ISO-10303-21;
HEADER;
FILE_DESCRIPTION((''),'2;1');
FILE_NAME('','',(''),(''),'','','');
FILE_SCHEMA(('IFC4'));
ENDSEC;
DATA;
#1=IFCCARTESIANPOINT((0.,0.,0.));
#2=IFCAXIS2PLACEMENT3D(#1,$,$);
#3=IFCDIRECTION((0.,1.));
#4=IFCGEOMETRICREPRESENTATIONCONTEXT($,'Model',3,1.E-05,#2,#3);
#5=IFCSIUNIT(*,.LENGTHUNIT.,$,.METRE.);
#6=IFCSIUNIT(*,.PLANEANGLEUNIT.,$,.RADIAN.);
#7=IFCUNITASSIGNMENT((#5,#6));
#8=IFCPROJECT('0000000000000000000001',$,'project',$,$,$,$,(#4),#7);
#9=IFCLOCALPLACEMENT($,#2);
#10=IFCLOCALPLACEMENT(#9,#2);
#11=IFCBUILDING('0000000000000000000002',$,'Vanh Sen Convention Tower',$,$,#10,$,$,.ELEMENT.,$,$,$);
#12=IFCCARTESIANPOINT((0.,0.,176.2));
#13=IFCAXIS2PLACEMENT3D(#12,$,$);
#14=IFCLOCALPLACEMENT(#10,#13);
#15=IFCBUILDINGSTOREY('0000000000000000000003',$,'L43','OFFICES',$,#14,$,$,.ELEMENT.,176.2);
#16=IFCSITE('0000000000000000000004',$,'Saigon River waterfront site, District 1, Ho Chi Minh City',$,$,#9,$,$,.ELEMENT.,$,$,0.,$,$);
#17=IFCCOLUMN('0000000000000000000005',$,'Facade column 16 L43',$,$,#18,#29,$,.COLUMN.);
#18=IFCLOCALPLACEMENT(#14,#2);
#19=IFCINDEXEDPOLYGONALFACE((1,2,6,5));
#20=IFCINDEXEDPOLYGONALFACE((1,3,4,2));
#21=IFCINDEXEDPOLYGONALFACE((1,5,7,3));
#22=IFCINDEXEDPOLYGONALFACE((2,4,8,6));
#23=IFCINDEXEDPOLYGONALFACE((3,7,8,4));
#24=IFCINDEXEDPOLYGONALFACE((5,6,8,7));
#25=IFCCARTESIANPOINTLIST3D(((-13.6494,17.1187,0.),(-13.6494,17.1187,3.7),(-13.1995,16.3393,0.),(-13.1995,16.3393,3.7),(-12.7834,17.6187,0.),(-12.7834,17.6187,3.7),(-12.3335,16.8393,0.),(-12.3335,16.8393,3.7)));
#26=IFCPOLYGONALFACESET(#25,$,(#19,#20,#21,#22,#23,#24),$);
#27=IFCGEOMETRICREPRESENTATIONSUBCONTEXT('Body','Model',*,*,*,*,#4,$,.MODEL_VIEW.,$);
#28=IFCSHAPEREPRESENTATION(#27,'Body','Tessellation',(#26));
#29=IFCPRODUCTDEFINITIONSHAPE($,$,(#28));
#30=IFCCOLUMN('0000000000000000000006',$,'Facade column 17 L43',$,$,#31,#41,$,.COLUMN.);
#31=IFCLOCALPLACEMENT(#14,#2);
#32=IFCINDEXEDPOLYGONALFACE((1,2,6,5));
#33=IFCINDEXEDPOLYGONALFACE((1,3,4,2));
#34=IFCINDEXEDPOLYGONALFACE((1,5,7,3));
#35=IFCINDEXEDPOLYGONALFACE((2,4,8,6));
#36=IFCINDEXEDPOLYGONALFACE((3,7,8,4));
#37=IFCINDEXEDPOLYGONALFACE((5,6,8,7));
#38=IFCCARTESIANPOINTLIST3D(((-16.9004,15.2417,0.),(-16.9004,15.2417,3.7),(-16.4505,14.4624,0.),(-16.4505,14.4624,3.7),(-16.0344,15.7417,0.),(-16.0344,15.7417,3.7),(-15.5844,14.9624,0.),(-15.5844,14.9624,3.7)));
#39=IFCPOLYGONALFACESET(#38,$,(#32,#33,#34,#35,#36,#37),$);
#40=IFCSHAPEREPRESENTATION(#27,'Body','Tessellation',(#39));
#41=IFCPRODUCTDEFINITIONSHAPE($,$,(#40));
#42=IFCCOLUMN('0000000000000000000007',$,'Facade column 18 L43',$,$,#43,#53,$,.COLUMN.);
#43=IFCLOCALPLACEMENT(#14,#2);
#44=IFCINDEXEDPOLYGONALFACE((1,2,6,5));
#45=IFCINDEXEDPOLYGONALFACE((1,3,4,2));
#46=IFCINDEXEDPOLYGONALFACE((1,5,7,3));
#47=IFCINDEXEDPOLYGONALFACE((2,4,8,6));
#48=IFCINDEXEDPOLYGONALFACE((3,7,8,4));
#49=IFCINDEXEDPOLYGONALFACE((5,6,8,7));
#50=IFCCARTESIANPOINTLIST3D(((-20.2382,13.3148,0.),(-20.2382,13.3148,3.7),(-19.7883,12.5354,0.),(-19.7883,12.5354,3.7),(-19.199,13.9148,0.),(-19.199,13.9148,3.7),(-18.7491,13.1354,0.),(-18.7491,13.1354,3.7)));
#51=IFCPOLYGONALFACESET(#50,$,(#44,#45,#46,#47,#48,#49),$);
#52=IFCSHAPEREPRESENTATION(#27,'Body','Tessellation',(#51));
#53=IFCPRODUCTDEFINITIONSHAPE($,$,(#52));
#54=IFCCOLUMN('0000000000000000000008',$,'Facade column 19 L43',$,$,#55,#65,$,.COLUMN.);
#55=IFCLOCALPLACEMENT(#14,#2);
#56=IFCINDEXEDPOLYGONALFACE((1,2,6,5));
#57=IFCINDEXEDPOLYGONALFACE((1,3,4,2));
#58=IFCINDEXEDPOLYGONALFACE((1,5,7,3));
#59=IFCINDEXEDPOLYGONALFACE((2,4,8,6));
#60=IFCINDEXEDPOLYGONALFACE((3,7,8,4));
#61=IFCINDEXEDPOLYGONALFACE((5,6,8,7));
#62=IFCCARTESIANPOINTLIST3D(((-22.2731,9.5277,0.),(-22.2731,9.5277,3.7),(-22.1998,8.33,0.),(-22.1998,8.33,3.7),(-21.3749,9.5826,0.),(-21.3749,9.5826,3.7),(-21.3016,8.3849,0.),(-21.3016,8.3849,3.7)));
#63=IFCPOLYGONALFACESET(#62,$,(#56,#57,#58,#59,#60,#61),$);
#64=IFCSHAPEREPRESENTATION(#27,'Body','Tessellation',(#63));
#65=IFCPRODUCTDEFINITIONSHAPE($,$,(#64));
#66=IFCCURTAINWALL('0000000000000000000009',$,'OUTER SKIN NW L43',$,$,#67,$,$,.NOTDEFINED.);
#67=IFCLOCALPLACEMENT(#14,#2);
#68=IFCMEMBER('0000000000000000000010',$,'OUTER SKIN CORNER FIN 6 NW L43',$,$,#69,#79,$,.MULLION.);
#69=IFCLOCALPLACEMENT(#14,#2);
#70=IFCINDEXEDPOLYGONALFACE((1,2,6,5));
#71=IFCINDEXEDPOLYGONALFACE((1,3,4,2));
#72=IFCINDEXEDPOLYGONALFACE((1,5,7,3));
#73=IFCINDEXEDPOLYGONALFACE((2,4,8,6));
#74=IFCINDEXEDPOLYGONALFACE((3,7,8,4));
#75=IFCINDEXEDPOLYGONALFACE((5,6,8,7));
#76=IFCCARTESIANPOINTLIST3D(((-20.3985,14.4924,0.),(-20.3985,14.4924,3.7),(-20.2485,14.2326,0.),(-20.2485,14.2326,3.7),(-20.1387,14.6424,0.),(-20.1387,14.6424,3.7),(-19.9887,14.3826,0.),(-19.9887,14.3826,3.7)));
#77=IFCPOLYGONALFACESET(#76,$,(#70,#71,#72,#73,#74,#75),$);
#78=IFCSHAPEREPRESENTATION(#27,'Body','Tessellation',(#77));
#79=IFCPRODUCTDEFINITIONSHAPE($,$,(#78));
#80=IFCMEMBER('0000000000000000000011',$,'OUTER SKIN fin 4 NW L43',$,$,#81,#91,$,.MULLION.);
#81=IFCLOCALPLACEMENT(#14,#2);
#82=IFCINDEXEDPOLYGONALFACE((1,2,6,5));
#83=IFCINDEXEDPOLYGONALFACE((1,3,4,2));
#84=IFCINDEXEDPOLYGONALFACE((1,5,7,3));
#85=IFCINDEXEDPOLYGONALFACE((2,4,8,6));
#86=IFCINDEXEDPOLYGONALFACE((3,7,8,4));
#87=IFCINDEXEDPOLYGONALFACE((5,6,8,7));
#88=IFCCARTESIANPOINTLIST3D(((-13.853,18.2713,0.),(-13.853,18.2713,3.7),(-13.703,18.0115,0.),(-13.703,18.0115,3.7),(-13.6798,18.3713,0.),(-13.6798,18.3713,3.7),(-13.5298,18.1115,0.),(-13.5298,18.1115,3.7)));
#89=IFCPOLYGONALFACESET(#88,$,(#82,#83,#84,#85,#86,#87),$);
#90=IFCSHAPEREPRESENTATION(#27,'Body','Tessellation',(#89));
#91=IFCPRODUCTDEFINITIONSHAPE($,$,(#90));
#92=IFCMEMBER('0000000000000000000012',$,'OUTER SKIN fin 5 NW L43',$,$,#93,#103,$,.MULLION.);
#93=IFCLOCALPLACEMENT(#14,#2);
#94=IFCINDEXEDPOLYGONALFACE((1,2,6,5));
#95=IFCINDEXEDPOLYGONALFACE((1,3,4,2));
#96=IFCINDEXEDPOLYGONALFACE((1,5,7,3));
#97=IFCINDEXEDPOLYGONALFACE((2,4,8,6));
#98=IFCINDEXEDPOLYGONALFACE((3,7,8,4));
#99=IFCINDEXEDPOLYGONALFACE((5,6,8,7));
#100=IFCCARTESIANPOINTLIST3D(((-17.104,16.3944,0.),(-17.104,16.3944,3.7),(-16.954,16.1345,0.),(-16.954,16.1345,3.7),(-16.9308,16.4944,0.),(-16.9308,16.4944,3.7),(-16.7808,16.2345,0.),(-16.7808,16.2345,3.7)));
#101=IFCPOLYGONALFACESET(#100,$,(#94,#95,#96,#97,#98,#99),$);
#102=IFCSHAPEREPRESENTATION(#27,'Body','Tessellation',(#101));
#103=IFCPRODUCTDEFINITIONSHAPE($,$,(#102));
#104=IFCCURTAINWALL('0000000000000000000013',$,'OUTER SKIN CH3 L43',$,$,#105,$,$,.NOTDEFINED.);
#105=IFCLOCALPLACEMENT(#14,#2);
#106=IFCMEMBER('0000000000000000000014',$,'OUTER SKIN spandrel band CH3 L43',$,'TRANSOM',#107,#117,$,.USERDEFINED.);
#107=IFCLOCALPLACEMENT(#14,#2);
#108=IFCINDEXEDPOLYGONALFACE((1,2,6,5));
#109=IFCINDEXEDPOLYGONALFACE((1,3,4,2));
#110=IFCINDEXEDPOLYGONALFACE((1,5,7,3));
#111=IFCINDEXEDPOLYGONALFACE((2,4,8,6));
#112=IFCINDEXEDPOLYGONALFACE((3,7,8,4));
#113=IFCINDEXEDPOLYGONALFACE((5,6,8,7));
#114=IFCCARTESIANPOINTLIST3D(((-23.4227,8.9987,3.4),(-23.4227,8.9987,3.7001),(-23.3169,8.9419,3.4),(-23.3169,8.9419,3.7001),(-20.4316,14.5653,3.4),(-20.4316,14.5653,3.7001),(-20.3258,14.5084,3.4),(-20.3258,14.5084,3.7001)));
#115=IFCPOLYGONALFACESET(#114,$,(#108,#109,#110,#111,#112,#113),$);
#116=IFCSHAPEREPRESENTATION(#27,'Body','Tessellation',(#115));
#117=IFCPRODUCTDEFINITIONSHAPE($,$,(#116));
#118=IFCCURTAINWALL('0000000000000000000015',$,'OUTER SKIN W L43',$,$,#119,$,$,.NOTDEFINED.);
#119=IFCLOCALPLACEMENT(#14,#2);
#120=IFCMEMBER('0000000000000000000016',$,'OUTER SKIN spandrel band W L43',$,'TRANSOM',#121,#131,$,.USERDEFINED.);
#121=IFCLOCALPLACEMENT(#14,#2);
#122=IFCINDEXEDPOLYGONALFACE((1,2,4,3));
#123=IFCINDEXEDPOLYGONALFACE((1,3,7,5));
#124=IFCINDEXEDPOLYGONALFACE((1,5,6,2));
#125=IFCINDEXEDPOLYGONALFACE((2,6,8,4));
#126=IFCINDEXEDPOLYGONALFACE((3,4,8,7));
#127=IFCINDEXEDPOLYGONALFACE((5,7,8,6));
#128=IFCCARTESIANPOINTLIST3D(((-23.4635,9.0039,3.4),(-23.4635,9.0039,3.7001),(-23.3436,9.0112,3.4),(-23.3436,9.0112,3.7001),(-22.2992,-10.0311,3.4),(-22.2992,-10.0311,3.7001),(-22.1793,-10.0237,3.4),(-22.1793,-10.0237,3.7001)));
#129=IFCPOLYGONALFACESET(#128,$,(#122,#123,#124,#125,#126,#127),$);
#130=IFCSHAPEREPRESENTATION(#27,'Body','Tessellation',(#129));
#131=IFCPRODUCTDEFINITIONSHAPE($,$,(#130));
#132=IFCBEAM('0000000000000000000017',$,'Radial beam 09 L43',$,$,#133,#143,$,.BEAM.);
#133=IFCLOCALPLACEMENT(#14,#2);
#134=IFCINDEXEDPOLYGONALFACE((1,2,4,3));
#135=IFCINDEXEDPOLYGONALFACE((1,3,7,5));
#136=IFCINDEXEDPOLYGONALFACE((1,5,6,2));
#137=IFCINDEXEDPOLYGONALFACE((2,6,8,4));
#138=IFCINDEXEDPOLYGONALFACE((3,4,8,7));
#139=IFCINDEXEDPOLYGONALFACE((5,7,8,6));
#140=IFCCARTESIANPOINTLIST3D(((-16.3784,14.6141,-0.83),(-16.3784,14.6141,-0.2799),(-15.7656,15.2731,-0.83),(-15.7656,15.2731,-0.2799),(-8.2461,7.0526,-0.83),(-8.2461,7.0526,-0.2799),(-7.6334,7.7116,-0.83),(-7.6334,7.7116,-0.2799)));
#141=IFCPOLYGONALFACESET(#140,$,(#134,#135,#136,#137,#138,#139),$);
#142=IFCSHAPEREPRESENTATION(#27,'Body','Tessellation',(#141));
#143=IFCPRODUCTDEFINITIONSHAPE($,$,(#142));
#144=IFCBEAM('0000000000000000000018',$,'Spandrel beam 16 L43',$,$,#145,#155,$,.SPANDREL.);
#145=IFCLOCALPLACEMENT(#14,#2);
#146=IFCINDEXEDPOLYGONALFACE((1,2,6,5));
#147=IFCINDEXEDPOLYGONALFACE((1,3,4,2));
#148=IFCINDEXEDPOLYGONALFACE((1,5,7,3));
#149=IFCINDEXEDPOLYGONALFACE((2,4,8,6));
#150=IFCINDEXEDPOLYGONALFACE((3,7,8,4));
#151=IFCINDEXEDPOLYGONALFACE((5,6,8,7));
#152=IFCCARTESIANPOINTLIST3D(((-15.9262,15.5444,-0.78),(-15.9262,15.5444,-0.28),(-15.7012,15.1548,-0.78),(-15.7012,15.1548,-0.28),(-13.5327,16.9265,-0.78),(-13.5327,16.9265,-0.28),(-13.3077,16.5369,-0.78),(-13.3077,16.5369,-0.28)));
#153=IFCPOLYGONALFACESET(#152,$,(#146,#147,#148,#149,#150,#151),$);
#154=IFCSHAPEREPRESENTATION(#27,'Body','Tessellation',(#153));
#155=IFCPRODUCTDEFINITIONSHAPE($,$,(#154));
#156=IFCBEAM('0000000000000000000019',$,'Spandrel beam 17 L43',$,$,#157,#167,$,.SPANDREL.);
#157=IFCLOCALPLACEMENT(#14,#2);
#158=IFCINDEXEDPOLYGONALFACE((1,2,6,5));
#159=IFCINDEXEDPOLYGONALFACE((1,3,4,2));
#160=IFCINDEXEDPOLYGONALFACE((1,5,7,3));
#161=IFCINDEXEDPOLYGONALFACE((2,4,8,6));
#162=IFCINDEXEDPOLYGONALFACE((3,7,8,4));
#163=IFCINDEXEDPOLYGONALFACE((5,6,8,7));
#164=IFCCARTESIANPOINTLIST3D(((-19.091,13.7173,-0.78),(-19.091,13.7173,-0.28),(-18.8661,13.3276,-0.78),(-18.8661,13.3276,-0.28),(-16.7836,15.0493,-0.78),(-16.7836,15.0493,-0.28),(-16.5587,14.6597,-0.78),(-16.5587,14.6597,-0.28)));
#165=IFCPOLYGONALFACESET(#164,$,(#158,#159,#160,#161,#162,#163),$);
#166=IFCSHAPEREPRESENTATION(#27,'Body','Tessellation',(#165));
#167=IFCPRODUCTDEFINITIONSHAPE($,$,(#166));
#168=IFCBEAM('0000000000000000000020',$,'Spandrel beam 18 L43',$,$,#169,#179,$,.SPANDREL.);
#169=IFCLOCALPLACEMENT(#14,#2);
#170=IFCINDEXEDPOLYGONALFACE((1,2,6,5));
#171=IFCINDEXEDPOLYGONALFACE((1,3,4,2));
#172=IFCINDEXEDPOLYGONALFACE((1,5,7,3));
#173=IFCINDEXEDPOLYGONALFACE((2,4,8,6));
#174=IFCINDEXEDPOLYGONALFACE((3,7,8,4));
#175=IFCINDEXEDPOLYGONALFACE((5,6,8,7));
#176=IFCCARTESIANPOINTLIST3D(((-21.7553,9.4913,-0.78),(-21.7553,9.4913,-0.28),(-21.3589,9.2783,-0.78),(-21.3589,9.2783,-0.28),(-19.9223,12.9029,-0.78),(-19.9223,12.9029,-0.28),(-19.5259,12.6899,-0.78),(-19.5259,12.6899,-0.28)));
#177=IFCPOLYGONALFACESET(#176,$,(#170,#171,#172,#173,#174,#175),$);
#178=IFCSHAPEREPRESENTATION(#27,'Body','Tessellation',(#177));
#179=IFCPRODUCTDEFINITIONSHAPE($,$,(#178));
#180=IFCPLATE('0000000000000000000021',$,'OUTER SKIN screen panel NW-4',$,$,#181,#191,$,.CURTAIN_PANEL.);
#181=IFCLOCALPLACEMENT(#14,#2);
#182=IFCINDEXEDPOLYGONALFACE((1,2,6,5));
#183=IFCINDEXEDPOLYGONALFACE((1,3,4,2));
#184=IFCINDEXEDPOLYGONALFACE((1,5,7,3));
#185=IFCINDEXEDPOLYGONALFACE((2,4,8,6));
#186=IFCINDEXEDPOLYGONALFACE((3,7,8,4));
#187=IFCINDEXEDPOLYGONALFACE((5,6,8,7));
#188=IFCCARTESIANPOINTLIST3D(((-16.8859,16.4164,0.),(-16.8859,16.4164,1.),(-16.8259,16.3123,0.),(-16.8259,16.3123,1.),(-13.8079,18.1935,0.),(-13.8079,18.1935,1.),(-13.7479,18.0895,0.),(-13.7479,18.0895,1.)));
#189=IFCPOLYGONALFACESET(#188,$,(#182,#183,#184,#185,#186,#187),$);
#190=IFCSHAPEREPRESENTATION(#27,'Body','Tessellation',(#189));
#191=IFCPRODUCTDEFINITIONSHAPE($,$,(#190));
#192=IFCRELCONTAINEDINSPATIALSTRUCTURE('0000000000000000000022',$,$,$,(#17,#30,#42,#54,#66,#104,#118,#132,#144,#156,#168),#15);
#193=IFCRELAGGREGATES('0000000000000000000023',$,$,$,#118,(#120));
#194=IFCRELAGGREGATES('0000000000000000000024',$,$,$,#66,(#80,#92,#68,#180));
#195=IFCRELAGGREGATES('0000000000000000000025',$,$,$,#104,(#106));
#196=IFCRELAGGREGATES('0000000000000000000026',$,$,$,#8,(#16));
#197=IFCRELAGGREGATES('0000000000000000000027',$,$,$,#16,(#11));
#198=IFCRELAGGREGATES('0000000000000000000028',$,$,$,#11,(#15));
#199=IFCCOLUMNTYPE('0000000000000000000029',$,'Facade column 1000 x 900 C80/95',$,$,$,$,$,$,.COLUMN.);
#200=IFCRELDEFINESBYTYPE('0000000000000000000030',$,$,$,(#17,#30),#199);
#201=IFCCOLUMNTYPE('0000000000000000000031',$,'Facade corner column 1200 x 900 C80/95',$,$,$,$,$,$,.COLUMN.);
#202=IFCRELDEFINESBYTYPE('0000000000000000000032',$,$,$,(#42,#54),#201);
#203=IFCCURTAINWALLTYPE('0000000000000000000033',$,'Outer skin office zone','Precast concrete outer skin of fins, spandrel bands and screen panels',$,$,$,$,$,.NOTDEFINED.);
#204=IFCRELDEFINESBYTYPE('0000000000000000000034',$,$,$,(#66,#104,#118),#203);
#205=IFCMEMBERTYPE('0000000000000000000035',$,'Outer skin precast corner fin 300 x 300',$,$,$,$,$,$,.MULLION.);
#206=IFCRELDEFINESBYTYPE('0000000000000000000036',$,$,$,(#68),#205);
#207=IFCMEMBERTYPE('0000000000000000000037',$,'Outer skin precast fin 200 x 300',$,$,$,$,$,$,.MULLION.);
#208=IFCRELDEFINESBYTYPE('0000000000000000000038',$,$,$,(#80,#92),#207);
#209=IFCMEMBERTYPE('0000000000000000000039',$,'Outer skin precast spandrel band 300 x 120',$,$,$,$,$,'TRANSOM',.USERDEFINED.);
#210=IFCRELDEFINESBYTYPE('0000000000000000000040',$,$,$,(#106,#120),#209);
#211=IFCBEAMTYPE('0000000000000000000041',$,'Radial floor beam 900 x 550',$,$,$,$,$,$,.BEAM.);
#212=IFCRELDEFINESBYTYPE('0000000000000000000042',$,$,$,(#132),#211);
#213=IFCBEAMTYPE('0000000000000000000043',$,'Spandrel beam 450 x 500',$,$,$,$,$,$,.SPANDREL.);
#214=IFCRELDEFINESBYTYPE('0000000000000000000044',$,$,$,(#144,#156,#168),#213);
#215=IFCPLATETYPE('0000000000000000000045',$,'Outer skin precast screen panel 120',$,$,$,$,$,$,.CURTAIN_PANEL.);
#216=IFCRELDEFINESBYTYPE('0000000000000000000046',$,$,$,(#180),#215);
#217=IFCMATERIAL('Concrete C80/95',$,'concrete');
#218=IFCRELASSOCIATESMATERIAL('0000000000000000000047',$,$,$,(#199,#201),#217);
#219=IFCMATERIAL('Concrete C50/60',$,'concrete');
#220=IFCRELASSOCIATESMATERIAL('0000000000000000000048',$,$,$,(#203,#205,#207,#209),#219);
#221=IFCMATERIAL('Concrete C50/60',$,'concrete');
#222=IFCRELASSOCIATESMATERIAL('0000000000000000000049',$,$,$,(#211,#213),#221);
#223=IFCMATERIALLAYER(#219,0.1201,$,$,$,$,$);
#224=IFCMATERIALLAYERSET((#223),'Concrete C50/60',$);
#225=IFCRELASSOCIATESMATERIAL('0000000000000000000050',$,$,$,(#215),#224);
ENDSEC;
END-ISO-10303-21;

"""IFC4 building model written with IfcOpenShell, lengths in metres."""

from ifc_helpers import new_model, si_unit, direction, frame, origin, origin_2d, place, context, subcontext, project, spatial, rectangle, extrude, material, layer, layer_set, material_profile, profile_set, type_object, element, aggregate, save


model = new_model("IFC4")

# Units and contexts
model_context = context("Model", 3, precision=1e-05, world=origin(), true_north=direction((0.0, 1.0)))
body_context = subcontext(model_context, "Body", "Model", "MODEL_VIEW")
ifc_project = project(units=[si_unit("LENGTHUNIT", "METRE"), si_unit("PLANEANGLEUNIT", "RADIAN")], contexts=[model_context])

# Site, building, storey
site_placement = place(None, origin())
site = spatial("IfcSite", under=ifc_project, at=site_placement, Name="Saigon River waterfront site, District 1, Ho Chi Minh City", CompositionType="ELEMENT", RefElevation=0.0)
building_placement = place(site_placement, origin())
building = spatial("IfcBuilding", under=site, at=building_placement, Name="Vanh Sen Convention Tower", CompositionType="ELEMENT")
storey_placement = place(building_placement, frame((0.0, 0.0, 176.2)))
storey = spatial("IfcBuildingStorey", under=building, at=storey_placement, Name="L43", Description="OFFICES", CompositionType="ELEMENT", Elevation=176.2)

# Columns
ifc_material_1 = material(Name="Concrete C80/95", Category="concrete")
ifc_material_profile_1 = material_profile(ifc_material_1, rectangle(XDim=1.0, YDim=0.8999, at=origin_2d()), Name="RC 1000X900")
ifc_profile_set_1 = profile_set([ifc_material_profile_1], Name="Concrete C80/95")
column_type_1 = type_object("IfcColumnType", Name="Facade column 1000 x 900 C80/95", PredefinedType="COLUMN", material=ifc_profile_set_1)
for number, where, z_axis, x_axis, name in (
    (1, (-12.9915, 16.979, 0.0), (0.0, 0.0, 1.0), (-0.866025, -0.5, 0.0), "Facade column 16 L43"),
    (2, (-16.2424, 15.1021, 0.0), (0.0, 0.0, 1.0), (-0.866025, -0.5, 0.0), "Facade column 17 L43"),
):
    element("IfcColumn", number, at=place(storey_placement, frame(where, z_axis=z_axis, x_axis=x_axis)), inside=storey, type_object=column_type_1, Name=name, PredefinedType="COLUMN", context=body_context, shape_type="SweptSolid", body=[
        extrude(rectangle(XDim=1.0, YDim=0.8999, at=origin_2d()), origin(), (0.0, 0.0, 1.0), 3.7),
    ])
ifc_material_profile_2 = material_profile(ifc_material_1, rectangle(XDim=1.2, YDim=0.8999, at=origin_2d()), Name="RC 1200X900")
ifc_profile_set_2 = profile_set([ifc_material_profile_2], Name="Concrete C80/95")
column_type_2 = type_object("IfcColumnType", Name="Facade corner column 1200 x 900 C80/95", PredefinedType="COLUMN", material=ifc_profile_set_2)
for number, where, z_axis, x_axis, name in (
    (3, (-19.4937, 13.2251, 0.0), (0.0, 0.0, 1.0), (-0.866025, -0.5, 0.0), "Facade column 18 L43"),
    (4, (-21.7874, 8.9563, 0.0), (0.0, 0.0, 1.0), (0.061049, -0.998135, 0.0), "Facade column 19 L43"),
):
    element("IfcColumn", number, at=place(storey_placement, frame(where, z_axis=z_axis, x_axis=x_axis)), inside=storey, type_object=column_type_2, Name=name, PredefinedType="COLUMN", context=body_context, shape_type="SweptSolid", body=[
        extrude(rectangle(XDim=1.2, YDim=0.8999, at=origin_2d()), origin(), (0.0, 0.0, 1.0), 3.7),
    ])

# Curtain wall, members
ifc_material_2 = material(Name="Concrete C50/60", Category="concrete")
curtain_wall_type = type_object("IfcCurtainWallType", Name="Outer skin office zone", Description="Precast concrete outer skin of fins, spandrel bands and screen panels", PredefinedType="NOTDEFINED", material=ifc_material_2)
curtain_wall_1_placement = place(storey_placement, origin())
curtain_wall_1 = element("IfcCurtainWall", 5, at=curtain_wall_1_placement, inside=storey, type_object=curtain_wall_type, Name="OUTER SKIN NW L43", PredefinedType="NOTDEFINED")
ifc_material_profile_3 = material_profile(ifc_material_2, rectangle(XDim=0.3, YDim=0.3, at=origin_2d()), Name="Outer skin precast corner fin 300 x 300")
ifc_profile_set_3 = profile_set([ifc_material_profile_3], Name="Concrete C50/60")
member_type_1 = type_object("IfcMemberType", Name="Outer skin precast corner fin 300 x 300", PredefinedType="MULLION", material=ifc_profile_set_3)
member_1_placement = place(storey_placement, frame((-20.1936, 14.4375, 0.0), z_axis=(0.0, 0.0, 1.0), x_axis=(-0.866025, -0.5, 0.0)))
member_1 = element("IfcMember", 6, at=member_1_placement, type_object=member_type_1, Name="OUTER SKIN CORNER FIN 6 NW L43", PredefinedType="MULLION", context=body_context, shape_type="SweptSolid", body=[
    extrude(rectangle(XDim=0.3, YDim=0.3, at=origin_2d()), origin(), (0.0, 0.0, 1.0), 3.7),
])
ifc_material_profile_4 = material_profile(ifc_material_2, rectangle(XDim=0.2, YDim=0.3, at=origin_2d()), Name="Outer skin precast fin 200 x 300")
ifc_profile_set_4 = profile_set([ifc_material_profile_4], Name="Concrete C50/60")
member_type_2 = type_object("IfcMemberType", Name="Outer skin precast fin 200 x 300", PredefinedType="MULLION", material=ifc_profile_set_4)
member_2_placement = place(storey_placement, frame((-13.6914, 18.1914, 0.0), z_axis=(0.0, 0.0, 1.0), x_axis=(-0.866025, -0.5, 0.0)))
member_2 = element("IfcMember", 7, at=member_2_placement, type_object=member_type_2, Name="OUTER SKIN fin 4 NW L43", PredefinedType="MULLION", context=body_context, shape_type="SweptSolid", body=[
    extrude(rectangle(XDim=0.2, YDim=0.3, at=origin_2d()), origin(), (0.0, 0.0, 1.0), 3.7),
])
member_3_placement = place(storey_placement, frame((-16.9424, 16.3145, 0.0), z_axis=(0.0, 0.0, 1.0), x_axis=(-0.866025, -0.5, 0.0)))
member_3 = element("IfcMember", 8, at=member_3_placement, type_object=member_type_2, Name="OUTER SKIN fin 5 NW L43", PredefinedType="MULLION", context=body_context, shape_type="SweptSolid", body=[
    extrude(rectangle(XDim=0.2, YDim=0.3, at=origin_2d()), origin(), (0.0, 0.0, 1.0), 3.7),
])

# Curtain walls, members
curtain_wall_2_placement = place(storey_placement, origin())
curtain_wall_2 = element("IfcCurtainWall", 9, at=curtain_wall_2_placement, inside=storey, type_object=curtain_wall_type, Name="OUTER SKIN CH3 L43", PredefinedType="NOTDEFINED")
ifc_material_profile_5 = material_profile(ifc_material_2, rectangle(XDim=0.1201, YDim=0.3, at=origin_2d()), Name="Outer skin precast spandrel band 300 x 120")
ifc_profile_set_5 = profile_set([ifc_material_profile_5], Name="Concrete C50/60")
member_type_3 = type_object("IfcMemberType", Name="Outer skin precast spandrel band 300 x 120", ElementType="TRANSOM", PredefinedType="USERDEFINED", material=ifc_profile_set_5)
member_4_placement = place(storey_placement, frame((-20.3787, 14.5369, 3.55), z_axis=(-0.473337, -0.880881, 0.0), x_axis=(0.880881, -0.473337, 0.0)))
member_4 = element("IfcMember", 10, at=member_4_placement, type_object=member_type_3, Name="OUTER SKIN spandrel band CH3 L43", ObjectType="TRANSOM", PredefinedType="USERDEFINED", context=body_context, shape_type="SweptSolid", body=[
    extrude(rectangle(XDim=0.1201, YDim=0.3, at=origin_2d()), origin(), (0.0, 0.0, 1.0), 6.3193),
])
curtain_wall_3_placement = place(storey_placement, origin())
curtain_wall_3 = element("IfcCurtainWall", 11, at=curtain_wall_3_placement, inside=storey, type_object=curtain_wall_type, Name="OUTER SKIN W L43", PredefinedType="NOTDEFINED")
member_5_placement = place(storey_placement, frame((-23.4036, 9.0076, 3.55), z_axis=(0.061053, -0.998135, 0.0), x_axis=(0.998135, 0.061053, 0.0)))
member_5 = element("IfcMember", 12, at=member_5_placement, type_object=member_type_3, Name="OUTER SKIN spandrel band W L43", ObjectType="TRANSOM", PredefinedType="USERDEFINED", context=body_context, shape_type="SweptSolid", body=[
    extrude(rectangle(XDim=0.1201, YDim=0.3, at=origin_2d()), origin(), (0.0, 0.0, 1.0), 19.0706),
])
aggregate(curtain_wall_3, [member_5])

# Beams
ifc_material_3 = material(Name="Concrete C50/60", Category="concrete")
ifc_material_profile_6 = material_profile(ifc_material_3, rectangle(XDim=0.8999, YDim=0.55, at=origin_2d()), Name="RC 900X550")
ifc_profile_set_6 = profile_set([ifc_material_profile_6], Name="Concrete C50/60")
beam_type_1 = type_object("IfcBeamType", Name="Radial floor beam 900 x 550", PredefinedType="BEAM", material=ifc_profile_set_6)
beam_1_placement = place(storey_placement, frame((-16.072, 14.9436, -0.5549), z_axis=(0.732341, -0.680938, 0.0), x_axis=(0.680938, 0.732341, 0.0)))
element("IfcBeam", 13, at=beam_1_placement, inside=storey, type_object=beam_type_1, Name="Radial beam 09 L43", PredefinedType="BEAM", context=body_context, shape_type="SweptSolid", body=[
    extrude(rectangle(XDim=0.8999, YDim=0.55, at=origin_2d()), origin(), (0.0, 0.0, 1.0), 11.1045),
])
ifc_material_profile_7 = material_profile(ifc_material_3, rectangle(XDim=0.45, YDim=0.5, at=origin_2d()), Name="RC 450X500")
ifc_profile_set_7 = profile_set([ifc_material_profile_7], Name="Concrete C50/60")
beam_type_2 = type_object("IfcBeamType", Name="Spandrel beam 450 x 500", PredefinedType="SPANDREL", material=ifc_profile_set_7)
beam_2_placement = place(storey_placement, frame((-13.4202, 16.7317, -0.53), z_axis=(-0.866, -0.500044, 0.0), x_axis=(0.500044, -0.866, 0.0)))
element("IfcBeam", 14, at=beam_2_placement, inside=storey, type_object=beam_type_2, Name="Spandrel beam 16 L43", PredefinedType="SPANDREL", context=body_context, shape_type="SweptSolid", body=[
    extrude(rectangle(XDim=0.45, YDim=0.5, at=origin_2d()), origin(), (0.0, 0.0, 1.0), 2.7639),
])
beam_3_placement = place(storey_placement, frame((-16.6711, 14.8545, -0.53), z_axis=(-0.866047, -0.499963, 0.0), x_axis=(0.499963, -0.866047, 0.0)))
element("IfcBeam", 15, at=beam_3_placement, inside=storey, type_object=beam_type_2, Name="Spandrel beam 17 L43", PredefinedType="SPANDREL", context=body_context, shape_type="SweptSolid", body=[
    extrude(rectangle(XDim=0.45, YDim=0.5, at=origin_2d()), origin(), (0.0, 0.0, 1.0), 2.6643),
])
beam_4_placement = place(storey_placement, frame((-19.7241, 12.7964, -0.53), z_axis=(-0.473295, -0.880904, 0.0), x_axis=(0.880904, -0.473295, 0.0)))
element("IfcBeam", 16, at=beam_4_placement, inside=storey, type_object=beam_type_2, Name="Spandrel beam 18 L43", PredefinedType="SPANDREL", context=body_context, shape_type="SweptSolid", body=[
    extrude(rectangle(XDim=0.45, YDim=0.5, at=origin_2d()), origin(), (0.0, 0.0, 1.0), 3.8728),
])

# Plate
ifc_layer_1 = layer(ifc_material_2, 0.1201)
ifc_layer_set_1 = layer_set([ifc_layer_1], Name="Concrete C50/60")
plate_type = type_object("IfcPlateType", Name="Outer skin precast screen panel 120", PredefinedType="CURTAIN_PANEL", material=ifc_layer_set_1)
plate_1_placement = place(storey_placement, frame((-15.3169, 17.2529, 0.0), z_axis=(0.0, 0.0, 1.0), x_axis=(-0.866017, -0.500015, 0.0)))
plate_1 = element("IfcPlate", 17, at=plate_1_placement, type_object=plate_type, Name="OUTER SKIN screen panel NW-4", PredefinedType="CURTAIN_PANEL", context=body_context, shape_type="SweptSolid", body=[
    extrude(rectangle(XDim=3.5542, YDim=0.1201, at=origin_2d()), origin(), (0.0, 0.0, 1.0), 1.0),
])
aggregate(curtain_wall_1, [member_2, member_3, member_1, plate_1])
aggregate(curtain_wall_2, [member_4])

save(model, "model.ifc")
